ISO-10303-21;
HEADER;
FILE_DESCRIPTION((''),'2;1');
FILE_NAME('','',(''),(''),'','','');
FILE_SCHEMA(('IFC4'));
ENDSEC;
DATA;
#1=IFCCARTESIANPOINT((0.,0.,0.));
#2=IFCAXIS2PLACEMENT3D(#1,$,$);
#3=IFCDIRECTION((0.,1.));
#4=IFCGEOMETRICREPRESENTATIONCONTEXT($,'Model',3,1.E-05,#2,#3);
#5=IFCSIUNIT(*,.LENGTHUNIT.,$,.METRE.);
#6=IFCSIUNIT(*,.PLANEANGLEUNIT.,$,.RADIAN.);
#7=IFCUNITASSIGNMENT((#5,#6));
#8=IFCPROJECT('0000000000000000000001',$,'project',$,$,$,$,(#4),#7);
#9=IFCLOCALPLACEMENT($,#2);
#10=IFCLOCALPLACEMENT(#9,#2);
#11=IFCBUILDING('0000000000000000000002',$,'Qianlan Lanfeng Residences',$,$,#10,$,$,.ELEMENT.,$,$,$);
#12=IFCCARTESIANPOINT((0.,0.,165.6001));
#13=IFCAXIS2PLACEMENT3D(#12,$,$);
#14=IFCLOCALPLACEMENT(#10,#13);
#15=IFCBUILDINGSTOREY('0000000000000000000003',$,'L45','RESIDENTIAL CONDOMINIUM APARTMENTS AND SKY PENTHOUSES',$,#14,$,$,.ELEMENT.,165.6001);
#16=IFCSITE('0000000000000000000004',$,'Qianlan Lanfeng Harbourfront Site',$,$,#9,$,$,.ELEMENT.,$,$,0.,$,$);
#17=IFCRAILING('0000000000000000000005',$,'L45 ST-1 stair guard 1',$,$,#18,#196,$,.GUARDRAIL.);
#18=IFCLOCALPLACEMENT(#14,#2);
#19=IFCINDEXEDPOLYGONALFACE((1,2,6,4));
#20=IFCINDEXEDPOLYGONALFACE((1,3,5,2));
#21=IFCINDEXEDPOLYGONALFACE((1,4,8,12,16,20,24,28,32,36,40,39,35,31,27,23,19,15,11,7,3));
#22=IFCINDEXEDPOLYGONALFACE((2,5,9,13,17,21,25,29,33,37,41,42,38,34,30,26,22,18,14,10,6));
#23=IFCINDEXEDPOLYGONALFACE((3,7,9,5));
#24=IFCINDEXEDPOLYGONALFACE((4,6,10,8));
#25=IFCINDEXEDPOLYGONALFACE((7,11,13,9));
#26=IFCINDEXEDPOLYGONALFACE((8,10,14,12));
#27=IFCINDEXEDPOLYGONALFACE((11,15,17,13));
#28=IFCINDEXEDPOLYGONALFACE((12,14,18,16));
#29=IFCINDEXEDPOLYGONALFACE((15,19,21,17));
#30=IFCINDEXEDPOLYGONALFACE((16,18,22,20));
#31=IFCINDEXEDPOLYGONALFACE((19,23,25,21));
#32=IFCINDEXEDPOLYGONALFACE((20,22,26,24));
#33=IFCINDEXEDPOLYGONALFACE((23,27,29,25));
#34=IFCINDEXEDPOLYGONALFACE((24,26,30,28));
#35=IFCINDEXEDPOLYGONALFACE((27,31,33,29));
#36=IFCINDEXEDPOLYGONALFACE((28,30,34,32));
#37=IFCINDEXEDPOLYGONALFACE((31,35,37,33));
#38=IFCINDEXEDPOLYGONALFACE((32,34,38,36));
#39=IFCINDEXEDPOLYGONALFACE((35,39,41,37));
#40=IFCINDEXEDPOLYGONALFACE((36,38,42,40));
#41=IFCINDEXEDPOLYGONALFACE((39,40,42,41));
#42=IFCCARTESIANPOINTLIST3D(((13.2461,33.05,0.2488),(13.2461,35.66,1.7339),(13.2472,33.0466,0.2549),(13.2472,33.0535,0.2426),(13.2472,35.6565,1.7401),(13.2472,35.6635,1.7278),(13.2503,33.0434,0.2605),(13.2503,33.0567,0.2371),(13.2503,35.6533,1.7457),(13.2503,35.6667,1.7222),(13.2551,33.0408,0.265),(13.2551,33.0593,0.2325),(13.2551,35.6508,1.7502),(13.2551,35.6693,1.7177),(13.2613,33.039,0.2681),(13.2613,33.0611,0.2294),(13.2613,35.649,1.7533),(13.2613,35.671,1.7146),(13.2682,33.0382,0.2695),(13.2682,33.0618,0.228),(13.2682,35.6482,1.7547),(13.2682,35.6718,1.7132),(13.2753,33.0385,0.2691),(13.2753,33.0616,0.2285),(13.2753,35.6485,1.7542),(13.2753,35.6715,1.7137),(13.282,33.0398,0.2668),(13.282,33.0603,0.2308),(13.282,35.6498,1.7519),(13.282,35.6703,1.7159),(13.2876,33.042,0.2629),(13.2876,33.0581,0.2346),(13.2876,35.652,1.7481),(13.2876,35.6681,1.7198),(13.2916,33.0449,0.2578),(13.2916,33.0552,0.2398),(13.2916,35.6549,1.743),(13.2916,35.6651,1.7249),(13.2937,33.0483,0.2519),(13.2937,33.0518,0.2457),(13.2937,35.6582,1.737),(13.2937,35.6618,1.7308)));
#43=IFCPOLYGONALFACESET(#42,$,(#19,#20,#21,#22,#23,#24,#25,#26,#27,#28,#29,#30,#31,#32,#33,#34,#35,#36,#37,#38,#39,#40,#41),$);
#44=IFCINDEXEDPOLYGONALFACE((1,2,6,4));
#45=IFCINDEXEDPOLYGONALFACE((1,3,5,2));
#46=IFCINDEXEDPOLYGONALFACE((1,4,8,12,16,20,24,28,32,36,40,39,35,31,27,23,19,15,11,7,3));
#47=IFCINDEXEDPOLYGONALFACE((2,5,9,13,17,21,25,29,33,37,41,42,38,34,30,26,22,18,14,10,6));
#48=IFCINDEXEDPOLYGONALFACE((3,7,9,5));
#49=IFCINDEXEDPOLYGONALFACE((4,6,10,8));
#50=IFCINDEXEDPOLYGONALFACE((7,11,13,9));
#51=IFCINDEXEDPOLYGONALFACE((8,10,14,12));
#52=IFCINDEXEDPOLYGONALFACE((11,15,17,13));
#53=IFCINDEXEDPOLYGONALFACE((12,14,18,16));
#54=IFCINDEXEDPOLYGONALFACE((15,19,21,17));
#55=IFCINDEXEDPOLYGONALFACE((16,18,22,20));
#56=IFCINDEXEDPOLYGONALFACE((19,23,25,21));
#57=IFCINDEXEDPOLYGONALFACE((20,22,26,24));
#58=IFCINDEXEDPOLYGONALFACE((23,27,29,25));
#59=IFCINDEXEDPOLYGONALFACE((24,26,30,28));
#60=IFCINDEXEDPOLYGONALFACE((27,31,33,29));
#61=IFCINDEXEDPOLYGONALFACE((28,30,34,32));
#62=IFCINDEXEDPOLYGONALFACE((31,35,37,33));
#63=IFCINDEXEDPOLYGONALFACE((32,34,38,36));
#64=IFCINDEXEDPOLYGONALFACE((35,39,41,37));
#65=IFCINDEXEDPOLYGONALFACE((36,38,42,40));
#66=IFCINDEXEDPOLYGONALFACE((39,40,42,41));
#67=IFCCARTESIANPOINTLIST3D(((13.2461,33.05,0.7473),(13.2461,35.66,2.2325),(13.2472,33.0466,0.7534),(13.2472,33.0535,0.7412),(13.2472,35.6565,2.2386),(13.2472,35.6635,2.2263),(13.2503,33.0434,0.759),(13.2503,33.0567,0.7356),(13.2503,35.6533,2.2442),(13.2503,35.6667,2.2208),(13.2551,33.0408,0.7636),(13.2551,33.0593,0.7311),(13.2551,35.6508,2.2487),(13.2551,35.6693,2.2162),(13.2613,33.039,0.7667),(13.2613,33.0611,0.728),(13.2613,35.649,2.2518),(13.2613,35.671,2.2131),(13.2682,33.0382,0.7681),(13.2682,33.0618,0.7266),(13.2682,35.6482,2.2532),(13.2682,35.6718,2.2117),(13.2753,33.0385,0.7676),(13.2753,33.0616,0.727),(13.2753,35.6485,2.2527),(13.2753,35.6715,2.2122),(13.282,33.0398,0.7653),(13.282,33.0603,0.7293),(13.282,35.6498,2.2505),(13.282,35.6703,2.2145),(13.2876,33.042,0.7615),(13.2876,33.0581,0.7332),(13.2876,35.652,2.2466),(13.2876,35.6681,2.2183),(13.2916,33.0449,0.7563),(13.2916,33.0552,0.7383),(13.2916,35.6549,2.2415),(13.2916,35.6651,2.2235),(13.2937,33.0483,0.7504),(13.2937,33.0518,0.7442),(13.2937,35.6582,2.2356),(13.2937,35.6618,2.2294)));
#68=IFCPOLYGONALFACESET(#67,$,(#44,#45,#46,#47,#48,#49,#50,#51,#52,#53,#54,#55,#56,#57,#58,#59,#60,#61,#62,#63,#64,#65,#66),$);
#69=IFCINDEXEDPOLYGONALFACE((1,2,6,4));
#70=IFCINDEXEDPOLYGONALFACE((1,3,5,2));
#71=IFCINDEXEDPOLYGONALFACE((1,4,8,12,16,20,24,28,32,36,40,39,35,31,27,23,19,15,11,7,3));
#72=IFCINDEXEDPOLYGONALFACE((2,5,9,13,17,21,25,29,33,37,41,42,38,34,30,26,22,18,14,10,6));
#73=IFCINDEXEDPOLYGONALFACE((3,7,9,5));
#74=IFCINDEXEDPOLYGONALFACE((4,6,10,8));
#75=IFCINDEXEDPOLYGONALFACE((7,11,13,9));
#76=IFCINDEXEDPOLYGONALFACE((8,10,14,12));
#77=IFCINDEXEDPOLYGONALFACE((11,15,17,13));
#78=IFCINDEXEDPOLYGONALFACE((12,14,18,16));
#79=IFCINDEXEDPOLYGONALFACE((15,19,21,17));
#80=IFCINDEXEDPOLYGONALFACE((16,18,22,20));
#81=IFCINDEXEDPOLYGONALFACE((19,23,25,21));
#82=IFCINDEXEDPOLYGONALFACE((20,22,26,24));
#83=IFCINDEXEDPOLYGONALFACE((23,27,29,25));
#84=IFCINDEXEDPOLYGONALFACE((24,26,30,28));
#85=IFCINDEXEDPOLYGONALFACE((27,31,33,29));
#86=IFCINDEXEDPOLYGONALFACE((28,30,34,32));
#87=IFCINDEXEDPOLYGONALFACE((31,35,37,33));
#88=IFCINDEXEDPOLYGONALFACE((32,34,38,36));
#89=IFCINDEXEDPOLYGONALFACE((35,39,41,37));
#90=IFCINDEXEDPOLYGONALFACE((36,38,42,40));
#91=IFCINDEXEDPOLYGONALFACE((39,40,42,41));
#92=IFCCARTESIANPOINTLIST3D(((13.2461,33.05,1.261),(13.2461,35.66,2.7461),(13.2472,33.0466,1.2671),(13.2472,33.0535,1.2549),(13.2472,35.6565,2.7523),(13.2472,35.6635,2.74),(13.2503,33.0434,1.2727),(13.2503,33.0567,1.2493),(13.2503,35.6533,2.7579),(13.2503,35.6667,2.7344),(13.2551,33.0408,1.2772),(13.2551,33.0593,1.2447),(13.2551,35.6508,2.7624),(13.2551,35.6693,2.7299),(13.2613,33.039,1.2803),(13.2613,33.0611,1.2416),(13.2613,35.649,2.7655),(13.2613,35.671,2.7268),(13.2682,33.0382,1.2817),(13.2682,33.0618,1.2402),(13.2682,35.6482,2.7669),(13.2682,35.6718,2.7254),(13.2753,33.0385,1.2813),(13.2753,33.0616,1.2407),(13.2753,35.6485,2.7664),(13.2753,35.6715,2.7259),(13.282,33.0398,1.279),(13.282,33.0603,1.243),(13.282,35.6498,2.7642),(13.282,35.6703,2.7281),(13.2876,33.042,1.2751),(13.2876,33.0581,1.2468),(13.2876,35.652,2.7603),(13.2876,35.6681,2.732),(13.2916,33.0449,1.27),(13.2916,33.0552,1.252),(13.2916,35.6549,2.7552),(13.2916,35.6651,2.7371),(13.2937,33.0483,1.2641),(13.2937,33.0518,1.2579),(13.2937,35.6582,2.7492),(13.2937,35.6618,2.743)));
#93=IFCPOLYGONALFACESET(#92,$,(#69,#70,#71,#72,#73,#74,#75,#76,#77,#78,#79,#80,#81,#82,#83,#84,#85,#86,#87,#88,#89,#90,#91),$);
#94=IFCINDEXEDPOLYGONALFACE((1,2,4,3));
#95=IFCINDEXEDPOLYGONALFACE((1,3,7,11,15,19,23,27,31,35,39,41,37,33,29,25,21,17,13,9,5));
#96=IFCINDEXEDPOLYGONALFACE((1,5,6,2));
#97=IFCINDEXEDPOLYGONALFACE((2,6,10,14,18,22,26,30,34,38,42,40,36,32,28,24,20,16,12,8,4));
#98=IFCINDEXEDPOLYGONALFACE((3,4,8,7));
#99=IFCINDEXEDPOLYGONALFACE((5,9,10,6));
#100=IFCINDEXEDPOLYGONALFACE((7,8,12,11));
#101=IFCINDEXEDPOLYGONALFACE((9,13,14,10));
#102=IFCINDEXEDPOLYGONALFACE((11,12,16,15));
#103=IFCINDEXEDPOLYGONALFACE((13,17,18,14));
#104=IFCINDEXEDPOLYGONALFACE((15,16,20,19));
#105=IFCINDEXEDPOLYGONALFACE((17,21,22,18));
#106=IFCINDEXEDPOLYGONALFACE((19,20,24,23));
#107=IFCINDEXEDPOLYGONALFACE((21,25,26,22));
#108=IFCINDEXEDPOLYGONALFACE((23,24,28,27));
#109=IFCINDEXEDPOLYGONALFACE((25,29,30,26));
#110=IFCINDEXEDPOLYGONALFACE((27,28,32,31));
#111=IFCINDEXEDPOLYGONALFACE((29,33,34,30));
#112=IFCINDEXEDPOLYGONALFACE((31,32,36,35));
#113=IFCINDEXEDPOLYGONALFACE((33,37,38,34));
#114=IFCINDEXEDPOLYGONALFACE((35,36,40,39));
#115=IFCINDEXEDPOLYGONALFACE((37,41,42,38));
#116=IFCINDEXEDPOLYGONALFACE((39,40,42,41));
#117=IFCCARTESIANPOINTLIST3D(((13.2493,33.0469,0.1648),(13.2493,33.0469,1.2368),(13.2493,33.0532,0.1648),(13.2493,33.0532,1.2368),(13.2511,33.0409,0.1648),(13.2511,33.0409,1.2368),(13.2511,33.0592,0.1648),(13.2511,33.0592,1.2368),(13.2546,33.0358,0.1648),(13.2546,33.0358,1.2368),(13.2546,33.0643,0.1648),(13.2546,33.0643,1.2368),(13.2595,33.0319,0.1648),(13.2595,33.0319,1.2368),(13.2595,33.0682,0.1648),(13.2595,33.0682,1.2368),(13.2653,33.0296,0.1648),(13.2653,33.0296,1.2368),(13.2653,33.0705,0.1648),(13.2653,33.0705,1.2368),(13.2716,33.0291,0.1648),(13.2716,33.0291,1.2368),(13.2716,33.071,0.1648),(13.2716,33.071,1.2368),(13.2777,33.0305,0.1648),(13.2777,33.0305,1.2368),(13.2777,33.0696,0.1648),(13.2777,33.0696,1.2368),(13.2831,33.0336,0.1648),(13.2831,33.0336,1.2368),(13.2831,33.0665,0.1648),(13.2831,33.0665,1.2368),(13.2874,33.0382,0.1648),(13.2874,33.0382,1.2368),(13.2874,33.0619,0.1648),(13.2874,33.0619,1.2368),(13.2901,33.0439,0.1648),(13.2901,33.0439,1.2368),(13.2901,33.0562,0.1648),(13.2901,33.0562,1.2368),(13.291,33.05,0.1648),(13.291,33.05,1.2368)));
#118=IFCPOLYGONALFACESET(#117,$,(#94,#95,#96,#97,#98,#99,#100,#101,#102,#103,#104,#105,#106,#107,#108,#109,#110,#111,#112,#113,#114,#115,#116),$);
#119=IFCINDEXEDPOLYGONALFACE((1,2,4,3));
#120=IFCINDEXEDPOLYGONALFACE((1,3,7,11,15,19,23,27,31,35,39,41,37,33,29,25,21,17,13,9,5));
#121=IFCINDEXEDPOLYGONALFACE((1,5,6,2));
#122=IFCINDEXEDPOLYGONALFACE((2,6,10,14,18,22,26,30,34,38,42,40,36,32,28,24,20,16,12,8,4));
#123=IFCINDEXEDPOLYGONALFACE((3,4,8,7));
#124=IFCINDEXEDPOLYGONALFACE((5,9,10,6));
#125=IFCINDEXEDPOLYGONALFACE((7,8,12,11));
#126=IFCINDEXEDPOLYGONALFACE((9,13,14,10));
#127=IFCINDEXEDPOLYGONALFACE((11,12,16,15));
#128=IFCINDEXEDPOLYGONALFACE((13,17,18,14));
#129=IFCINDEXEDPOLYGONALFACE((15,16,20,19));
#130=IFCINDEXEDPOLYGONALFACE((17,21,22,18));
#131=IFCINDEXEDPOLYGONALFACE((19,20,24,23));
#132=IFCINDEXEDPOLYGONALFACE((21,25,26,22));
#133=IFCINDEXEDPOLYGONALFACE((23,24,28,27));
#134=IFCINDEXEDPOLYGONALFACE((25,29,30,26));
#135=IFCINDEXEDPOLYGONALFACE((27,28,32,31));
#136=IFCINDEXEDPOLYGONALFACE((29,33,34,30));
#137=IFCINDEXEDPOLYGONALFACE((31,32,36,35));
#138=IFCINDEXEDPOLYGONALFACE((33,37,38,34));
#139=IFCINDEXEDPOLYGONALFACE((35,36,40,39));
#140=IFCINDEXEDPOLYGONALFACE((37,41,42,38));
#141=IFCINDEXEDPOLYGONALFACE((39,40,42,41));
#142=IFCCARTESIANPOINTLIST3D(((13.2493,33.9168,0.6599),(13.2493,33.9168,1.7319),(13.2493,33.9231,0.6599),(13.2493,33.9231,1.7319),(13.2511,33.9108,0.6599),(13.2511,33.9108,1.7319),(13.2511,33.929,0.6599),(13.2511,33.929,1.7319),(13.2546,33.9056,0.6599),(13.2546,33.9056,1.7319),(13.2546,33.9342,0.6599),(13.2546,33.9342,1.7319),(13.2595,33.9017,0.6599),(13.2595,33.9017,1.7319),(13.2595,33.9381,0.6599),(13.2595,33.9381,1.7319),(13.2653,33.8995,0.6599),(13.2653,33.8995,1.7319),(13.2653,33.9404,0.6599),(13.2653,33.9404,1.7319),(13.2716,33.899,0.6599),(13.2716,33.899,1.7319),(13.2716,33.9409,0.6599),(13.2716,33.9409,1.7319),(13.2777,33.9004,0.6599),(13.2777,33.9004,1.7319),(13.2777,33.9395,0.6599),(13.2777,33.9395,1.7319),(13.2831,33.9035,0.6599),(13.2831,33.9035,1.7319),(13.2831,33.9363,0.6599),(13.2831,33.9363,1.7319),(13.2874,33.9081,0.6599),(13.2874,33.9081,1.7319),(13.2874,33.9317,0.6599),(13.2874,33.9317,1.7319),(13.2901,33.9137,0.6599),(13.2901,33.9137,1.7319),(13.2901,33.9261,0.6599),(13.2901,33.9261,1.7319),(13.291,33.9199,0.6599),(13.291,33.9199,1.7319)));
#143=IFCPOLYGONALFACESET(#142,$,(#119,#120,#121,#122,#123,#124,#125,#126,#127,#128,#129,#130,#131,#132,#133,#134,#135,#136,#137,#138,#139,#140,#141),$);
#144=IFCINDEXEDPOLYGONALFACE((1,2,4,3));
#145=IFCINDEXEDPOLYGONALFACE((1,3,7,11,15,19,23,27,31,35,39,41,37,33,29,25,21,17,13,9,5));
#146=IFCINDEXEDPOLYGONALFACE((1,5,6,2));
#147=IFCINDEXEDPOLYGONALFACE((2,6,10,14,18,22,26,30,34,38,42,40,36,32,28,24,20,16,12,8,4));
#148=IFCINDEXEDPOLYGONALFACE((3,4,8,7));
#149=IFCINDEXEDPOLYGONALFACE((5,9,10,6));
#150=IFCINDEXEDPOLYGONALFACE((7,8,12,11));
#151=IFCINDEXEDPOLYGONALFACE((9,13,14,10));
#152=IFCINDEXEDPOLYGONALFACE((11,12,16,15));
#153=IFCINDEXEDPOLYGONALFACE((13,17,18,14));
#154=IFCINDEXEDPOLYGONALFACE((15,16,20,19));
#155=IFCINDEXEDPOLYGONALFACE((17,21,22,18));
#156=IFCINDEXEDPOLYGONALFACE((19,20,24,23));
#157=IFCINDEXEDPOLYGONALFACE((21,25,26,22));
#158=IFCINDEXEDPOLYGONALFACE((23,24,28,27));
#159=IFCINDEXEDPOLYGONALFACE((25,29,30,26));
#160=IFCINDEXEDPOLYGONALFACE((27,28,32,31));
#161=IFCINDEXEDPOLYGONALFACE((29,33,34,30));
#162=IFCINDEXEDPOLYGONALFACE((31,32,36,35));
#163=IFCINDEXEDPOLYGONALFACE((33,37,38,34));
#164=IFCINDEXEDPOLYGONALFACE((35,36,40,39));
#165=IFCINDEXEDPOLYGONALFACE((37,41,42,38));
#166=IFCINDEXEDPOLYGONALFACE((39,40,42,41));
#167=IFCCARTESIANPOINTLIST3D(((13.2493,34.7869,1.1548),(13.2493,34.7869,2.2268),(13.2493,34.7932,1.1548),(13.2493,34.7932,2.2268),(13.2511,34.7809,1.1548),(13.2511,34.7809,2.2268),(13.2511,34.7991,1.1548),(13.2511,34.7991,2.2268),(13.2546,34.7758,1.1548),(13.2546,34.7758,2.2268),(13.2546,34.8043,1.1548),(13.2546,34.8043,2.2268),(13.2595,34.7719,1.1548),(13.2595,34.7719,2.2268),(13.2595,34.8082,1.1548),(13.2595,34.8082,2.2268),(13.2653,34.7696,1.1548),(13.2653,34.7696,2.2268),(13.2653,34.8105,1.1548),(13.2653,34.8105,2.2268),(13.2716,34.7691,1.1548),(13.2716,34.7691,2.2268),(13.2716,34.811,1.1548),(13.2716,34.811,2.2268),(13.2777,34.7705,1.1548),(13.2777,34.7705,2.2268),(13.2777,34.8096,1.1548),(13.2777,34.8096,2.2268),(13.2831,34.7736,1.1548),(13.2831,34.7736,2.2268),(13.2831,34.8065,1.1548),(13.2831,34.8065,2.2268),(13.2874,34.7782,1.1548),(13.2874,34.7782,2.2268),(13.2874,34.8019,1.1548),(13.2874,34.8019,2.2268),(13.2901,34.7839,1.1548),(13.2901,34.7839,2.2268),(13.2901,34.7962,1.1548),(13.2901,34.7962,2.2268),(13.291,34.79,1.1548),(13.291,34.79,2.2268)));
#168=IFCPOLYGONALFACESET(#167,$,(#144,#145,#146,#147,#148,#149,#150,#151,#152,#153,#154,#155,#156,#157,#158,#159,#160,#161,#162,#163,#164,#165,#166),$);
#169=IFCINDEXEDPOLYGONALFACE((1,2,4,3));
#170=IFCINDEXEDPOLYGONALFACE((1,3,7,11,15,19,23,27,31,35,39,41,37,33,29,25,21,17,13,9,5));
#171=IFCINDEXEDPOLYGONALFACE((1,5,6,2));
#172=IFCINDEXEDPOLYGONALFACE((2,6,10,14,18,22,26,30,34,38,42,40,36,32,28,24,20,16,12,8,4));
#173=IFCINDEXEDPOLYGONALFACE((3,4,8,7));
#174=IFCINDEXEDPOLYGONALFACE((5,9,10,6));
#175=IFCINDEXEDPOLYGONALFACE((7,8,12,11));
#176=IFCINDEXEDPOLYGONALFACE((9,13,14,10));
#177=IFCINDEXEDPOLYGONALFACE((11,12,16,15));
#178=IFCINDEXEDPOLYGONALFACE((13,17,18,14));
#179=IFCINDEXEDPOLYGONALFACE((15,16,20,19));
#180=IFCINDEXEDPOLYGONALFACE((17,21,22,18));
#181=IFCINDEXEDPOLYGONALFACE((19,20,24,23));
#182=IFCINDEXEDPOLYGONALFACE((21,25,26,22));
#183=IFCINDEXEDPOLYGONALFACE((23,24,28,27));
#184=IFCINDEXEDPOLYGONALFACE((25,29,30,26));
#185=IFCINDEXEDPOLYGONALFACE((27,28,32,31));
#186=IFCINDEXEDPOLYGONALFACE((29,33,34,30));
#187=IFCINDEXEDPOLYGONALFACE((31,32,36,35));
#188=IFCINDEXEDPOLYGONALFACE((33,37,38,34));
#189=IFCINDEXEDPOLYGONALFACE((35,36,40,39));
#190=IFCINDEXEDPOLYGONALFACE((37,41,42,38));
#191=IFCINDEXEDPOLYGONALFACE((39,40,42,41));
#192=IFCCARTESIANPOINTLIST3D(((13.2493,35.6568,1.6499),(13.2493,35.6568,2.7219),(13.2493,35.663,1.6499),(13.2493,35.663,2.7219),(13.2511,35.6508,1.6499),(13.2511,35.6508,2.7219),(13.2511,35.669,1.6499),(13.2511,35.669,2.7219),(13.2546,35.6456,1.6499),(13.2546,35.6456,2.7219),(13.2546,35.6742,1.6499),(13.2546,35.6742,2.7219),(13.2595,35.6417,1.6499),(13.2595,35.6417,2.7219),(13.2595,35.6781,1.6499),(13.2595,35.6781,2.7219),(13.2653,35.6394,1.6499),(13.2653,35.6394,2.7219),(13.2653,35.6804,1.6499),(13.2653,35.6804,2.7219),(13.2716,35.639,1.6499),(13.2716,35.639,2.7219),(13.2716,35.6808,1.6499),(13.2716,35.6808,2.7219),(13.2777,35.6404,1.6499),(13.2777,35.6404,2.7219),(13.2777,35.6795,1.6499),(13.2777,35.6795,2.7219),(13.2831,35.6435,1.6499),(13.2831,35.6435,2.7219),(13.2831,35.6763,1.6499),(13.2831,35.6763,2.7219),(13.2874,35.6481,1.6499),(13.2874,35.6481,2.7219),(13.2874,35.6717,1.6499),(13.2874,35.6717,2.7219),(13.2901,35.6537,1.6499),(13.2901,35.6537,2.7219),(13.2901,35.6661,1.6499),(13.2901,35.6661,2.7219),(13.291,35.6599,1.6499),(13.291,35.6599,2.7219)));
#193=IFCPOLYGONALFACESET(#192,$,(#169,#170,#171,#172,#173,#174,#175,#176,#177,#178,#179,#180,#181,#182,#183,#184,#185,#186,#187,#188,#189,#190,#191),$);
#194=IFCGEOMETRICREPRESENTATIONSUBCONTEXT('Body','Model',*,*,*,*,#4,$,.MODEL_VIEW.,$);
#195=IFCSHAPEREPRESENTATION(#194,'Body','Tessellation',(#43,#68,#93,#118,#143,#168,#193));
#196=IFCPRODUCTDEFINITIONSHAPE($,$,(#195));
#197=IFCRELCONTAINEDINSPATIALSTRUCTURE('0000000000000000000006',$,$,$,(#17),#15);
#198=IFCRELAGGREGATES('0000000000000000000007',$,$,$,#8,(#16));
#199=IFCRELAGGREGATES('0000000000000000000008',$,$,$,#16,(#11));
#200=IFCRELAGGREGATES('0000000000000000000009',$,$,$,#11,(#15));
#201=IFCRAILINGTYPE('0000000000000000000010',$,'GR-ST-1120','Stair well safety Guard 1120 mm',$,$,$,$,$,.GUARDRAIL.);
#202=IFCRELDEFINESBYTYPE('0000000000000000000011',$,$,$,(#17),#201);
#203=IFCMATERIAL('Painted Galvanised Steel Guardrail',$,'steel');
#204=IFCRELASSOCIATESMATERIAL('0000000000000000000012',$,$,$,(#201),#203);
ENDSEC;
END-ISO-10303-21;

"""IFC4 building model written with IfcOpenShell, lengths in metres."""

from ifc_helpers import new_model, si_unit, direction, frame, origin, origin_2d, place, context, subcontext, project, spatial, circle, extrude, material, type_object, element, save


model = new_model("IFC4")

# Units and contexts
model_context = context("Model", 3, precision=1e-05, world=origin(), true_north=direction((0.0, 1.0)))
body_context = subcontext(model_context, "Body", "Model", "MODEL_VIEW")
ifc_project = project(units=[si_unit("LENGTHUNIT", "METRE"), si_unit("PLANEANGLEUNIT", "RADIAN")], contexts=[model_context])

# Site, building, storey
site_placement = place(None, origin())
site = spatial("IfcSite", under=ifc_project, at=site_placement, Name="Qianlan Lanfeng Harbourfront Site", CompositionType="ELEMENT", RefElevation=0.0)
building_placement = place(site_placement, origin())
building = spatial("IfcBuilding", under=site, at=building_placement, Name="Qianlan Lanfeng Residences", CompositionType="ELEMENT")
storey_placement = place(building_placement, frame((0.0, 0.0, 165.6001)))
storey = spatial("IfcBuildingStorey", under=building, at=storey_placement, Name="L45", Description="RESIDENTIAL CONDOMINIUM APARTMENTS AND SKY PENTHOUSES", CompositionType="ELEMENT", Elevation=165.6001)

# Railing
ifc_material_1 = material(Name="Painted Galvanised Steel Guardrail", Category="steel")
railing_type_1 = type_object("IfcRailingType", Name="GR-ST-1120", Description="Stair well safety Guard 1120 mm", PredefinedType="GUARDRAIL", material=ifc_material_1)
railing_1_placement = place(storey_placement, frame((13.27, 33.05, 0.1648)))
element("IfcRailing", 1, at=railing_1_placement, inside=storey, type_object=railing_type_1, Name="L45 ST-1 stair guard 1", PredefinedType="GUARDRAIL", context=body_context, shape_type="SweptSolid", body=[
    extrude(circle(Radius=0.0239, at=origin_2d()), frame((0.0, 0.0, 0.084), z_axis=(0.0, 0.869137, 0.494571), x_axis=(-1.0, 0.0, 0.0)), (0.0, 0.0, 1.0), 3.0029),
    extrude(circle(Radius=0.0239, at=origin_2d()), frame((0.0, 0.0, 0.5825), z_axis=(0.0, 0.869137, 0.494571), x_axis=(-1.0, 0.0, 0.0)), (0.0, 0.0, 1.0), 3.0029),
    extrude(circle(Radius=0.0239, at=origin_2d()), frame((0.0, 0.0, 1.0962), z_axis=(0.0, 0.869137, 0.494571), x_axis=(-1.0, 0.0, 0.0)), (0.0, 0.0, 1.0), 3.0029),
    extrude(circle(Radius=0.021, at=origin_2d()), origin(), (0.0, 0.0, 1.0), 1.072),
    extrude(circle(Radius=0.021, at=origin_2d()), frame((0.0, 0.8699, 0.4951)), (0.0, 0.0, 1.0), 1.072),
    extrude(circle(Radius=0.021, at=origin_2d()), frame((0.0, 1.74, 0.99)), (0.0, 0.0, 1.0), 1.072),
    extrude(circle(Radius=0.021, at=origin_2d()), frame((0.0, 2.6099, 1.4851)), (0.0, 0.0, 1.0), 1.072),
])

save(model, "model.ifc")
